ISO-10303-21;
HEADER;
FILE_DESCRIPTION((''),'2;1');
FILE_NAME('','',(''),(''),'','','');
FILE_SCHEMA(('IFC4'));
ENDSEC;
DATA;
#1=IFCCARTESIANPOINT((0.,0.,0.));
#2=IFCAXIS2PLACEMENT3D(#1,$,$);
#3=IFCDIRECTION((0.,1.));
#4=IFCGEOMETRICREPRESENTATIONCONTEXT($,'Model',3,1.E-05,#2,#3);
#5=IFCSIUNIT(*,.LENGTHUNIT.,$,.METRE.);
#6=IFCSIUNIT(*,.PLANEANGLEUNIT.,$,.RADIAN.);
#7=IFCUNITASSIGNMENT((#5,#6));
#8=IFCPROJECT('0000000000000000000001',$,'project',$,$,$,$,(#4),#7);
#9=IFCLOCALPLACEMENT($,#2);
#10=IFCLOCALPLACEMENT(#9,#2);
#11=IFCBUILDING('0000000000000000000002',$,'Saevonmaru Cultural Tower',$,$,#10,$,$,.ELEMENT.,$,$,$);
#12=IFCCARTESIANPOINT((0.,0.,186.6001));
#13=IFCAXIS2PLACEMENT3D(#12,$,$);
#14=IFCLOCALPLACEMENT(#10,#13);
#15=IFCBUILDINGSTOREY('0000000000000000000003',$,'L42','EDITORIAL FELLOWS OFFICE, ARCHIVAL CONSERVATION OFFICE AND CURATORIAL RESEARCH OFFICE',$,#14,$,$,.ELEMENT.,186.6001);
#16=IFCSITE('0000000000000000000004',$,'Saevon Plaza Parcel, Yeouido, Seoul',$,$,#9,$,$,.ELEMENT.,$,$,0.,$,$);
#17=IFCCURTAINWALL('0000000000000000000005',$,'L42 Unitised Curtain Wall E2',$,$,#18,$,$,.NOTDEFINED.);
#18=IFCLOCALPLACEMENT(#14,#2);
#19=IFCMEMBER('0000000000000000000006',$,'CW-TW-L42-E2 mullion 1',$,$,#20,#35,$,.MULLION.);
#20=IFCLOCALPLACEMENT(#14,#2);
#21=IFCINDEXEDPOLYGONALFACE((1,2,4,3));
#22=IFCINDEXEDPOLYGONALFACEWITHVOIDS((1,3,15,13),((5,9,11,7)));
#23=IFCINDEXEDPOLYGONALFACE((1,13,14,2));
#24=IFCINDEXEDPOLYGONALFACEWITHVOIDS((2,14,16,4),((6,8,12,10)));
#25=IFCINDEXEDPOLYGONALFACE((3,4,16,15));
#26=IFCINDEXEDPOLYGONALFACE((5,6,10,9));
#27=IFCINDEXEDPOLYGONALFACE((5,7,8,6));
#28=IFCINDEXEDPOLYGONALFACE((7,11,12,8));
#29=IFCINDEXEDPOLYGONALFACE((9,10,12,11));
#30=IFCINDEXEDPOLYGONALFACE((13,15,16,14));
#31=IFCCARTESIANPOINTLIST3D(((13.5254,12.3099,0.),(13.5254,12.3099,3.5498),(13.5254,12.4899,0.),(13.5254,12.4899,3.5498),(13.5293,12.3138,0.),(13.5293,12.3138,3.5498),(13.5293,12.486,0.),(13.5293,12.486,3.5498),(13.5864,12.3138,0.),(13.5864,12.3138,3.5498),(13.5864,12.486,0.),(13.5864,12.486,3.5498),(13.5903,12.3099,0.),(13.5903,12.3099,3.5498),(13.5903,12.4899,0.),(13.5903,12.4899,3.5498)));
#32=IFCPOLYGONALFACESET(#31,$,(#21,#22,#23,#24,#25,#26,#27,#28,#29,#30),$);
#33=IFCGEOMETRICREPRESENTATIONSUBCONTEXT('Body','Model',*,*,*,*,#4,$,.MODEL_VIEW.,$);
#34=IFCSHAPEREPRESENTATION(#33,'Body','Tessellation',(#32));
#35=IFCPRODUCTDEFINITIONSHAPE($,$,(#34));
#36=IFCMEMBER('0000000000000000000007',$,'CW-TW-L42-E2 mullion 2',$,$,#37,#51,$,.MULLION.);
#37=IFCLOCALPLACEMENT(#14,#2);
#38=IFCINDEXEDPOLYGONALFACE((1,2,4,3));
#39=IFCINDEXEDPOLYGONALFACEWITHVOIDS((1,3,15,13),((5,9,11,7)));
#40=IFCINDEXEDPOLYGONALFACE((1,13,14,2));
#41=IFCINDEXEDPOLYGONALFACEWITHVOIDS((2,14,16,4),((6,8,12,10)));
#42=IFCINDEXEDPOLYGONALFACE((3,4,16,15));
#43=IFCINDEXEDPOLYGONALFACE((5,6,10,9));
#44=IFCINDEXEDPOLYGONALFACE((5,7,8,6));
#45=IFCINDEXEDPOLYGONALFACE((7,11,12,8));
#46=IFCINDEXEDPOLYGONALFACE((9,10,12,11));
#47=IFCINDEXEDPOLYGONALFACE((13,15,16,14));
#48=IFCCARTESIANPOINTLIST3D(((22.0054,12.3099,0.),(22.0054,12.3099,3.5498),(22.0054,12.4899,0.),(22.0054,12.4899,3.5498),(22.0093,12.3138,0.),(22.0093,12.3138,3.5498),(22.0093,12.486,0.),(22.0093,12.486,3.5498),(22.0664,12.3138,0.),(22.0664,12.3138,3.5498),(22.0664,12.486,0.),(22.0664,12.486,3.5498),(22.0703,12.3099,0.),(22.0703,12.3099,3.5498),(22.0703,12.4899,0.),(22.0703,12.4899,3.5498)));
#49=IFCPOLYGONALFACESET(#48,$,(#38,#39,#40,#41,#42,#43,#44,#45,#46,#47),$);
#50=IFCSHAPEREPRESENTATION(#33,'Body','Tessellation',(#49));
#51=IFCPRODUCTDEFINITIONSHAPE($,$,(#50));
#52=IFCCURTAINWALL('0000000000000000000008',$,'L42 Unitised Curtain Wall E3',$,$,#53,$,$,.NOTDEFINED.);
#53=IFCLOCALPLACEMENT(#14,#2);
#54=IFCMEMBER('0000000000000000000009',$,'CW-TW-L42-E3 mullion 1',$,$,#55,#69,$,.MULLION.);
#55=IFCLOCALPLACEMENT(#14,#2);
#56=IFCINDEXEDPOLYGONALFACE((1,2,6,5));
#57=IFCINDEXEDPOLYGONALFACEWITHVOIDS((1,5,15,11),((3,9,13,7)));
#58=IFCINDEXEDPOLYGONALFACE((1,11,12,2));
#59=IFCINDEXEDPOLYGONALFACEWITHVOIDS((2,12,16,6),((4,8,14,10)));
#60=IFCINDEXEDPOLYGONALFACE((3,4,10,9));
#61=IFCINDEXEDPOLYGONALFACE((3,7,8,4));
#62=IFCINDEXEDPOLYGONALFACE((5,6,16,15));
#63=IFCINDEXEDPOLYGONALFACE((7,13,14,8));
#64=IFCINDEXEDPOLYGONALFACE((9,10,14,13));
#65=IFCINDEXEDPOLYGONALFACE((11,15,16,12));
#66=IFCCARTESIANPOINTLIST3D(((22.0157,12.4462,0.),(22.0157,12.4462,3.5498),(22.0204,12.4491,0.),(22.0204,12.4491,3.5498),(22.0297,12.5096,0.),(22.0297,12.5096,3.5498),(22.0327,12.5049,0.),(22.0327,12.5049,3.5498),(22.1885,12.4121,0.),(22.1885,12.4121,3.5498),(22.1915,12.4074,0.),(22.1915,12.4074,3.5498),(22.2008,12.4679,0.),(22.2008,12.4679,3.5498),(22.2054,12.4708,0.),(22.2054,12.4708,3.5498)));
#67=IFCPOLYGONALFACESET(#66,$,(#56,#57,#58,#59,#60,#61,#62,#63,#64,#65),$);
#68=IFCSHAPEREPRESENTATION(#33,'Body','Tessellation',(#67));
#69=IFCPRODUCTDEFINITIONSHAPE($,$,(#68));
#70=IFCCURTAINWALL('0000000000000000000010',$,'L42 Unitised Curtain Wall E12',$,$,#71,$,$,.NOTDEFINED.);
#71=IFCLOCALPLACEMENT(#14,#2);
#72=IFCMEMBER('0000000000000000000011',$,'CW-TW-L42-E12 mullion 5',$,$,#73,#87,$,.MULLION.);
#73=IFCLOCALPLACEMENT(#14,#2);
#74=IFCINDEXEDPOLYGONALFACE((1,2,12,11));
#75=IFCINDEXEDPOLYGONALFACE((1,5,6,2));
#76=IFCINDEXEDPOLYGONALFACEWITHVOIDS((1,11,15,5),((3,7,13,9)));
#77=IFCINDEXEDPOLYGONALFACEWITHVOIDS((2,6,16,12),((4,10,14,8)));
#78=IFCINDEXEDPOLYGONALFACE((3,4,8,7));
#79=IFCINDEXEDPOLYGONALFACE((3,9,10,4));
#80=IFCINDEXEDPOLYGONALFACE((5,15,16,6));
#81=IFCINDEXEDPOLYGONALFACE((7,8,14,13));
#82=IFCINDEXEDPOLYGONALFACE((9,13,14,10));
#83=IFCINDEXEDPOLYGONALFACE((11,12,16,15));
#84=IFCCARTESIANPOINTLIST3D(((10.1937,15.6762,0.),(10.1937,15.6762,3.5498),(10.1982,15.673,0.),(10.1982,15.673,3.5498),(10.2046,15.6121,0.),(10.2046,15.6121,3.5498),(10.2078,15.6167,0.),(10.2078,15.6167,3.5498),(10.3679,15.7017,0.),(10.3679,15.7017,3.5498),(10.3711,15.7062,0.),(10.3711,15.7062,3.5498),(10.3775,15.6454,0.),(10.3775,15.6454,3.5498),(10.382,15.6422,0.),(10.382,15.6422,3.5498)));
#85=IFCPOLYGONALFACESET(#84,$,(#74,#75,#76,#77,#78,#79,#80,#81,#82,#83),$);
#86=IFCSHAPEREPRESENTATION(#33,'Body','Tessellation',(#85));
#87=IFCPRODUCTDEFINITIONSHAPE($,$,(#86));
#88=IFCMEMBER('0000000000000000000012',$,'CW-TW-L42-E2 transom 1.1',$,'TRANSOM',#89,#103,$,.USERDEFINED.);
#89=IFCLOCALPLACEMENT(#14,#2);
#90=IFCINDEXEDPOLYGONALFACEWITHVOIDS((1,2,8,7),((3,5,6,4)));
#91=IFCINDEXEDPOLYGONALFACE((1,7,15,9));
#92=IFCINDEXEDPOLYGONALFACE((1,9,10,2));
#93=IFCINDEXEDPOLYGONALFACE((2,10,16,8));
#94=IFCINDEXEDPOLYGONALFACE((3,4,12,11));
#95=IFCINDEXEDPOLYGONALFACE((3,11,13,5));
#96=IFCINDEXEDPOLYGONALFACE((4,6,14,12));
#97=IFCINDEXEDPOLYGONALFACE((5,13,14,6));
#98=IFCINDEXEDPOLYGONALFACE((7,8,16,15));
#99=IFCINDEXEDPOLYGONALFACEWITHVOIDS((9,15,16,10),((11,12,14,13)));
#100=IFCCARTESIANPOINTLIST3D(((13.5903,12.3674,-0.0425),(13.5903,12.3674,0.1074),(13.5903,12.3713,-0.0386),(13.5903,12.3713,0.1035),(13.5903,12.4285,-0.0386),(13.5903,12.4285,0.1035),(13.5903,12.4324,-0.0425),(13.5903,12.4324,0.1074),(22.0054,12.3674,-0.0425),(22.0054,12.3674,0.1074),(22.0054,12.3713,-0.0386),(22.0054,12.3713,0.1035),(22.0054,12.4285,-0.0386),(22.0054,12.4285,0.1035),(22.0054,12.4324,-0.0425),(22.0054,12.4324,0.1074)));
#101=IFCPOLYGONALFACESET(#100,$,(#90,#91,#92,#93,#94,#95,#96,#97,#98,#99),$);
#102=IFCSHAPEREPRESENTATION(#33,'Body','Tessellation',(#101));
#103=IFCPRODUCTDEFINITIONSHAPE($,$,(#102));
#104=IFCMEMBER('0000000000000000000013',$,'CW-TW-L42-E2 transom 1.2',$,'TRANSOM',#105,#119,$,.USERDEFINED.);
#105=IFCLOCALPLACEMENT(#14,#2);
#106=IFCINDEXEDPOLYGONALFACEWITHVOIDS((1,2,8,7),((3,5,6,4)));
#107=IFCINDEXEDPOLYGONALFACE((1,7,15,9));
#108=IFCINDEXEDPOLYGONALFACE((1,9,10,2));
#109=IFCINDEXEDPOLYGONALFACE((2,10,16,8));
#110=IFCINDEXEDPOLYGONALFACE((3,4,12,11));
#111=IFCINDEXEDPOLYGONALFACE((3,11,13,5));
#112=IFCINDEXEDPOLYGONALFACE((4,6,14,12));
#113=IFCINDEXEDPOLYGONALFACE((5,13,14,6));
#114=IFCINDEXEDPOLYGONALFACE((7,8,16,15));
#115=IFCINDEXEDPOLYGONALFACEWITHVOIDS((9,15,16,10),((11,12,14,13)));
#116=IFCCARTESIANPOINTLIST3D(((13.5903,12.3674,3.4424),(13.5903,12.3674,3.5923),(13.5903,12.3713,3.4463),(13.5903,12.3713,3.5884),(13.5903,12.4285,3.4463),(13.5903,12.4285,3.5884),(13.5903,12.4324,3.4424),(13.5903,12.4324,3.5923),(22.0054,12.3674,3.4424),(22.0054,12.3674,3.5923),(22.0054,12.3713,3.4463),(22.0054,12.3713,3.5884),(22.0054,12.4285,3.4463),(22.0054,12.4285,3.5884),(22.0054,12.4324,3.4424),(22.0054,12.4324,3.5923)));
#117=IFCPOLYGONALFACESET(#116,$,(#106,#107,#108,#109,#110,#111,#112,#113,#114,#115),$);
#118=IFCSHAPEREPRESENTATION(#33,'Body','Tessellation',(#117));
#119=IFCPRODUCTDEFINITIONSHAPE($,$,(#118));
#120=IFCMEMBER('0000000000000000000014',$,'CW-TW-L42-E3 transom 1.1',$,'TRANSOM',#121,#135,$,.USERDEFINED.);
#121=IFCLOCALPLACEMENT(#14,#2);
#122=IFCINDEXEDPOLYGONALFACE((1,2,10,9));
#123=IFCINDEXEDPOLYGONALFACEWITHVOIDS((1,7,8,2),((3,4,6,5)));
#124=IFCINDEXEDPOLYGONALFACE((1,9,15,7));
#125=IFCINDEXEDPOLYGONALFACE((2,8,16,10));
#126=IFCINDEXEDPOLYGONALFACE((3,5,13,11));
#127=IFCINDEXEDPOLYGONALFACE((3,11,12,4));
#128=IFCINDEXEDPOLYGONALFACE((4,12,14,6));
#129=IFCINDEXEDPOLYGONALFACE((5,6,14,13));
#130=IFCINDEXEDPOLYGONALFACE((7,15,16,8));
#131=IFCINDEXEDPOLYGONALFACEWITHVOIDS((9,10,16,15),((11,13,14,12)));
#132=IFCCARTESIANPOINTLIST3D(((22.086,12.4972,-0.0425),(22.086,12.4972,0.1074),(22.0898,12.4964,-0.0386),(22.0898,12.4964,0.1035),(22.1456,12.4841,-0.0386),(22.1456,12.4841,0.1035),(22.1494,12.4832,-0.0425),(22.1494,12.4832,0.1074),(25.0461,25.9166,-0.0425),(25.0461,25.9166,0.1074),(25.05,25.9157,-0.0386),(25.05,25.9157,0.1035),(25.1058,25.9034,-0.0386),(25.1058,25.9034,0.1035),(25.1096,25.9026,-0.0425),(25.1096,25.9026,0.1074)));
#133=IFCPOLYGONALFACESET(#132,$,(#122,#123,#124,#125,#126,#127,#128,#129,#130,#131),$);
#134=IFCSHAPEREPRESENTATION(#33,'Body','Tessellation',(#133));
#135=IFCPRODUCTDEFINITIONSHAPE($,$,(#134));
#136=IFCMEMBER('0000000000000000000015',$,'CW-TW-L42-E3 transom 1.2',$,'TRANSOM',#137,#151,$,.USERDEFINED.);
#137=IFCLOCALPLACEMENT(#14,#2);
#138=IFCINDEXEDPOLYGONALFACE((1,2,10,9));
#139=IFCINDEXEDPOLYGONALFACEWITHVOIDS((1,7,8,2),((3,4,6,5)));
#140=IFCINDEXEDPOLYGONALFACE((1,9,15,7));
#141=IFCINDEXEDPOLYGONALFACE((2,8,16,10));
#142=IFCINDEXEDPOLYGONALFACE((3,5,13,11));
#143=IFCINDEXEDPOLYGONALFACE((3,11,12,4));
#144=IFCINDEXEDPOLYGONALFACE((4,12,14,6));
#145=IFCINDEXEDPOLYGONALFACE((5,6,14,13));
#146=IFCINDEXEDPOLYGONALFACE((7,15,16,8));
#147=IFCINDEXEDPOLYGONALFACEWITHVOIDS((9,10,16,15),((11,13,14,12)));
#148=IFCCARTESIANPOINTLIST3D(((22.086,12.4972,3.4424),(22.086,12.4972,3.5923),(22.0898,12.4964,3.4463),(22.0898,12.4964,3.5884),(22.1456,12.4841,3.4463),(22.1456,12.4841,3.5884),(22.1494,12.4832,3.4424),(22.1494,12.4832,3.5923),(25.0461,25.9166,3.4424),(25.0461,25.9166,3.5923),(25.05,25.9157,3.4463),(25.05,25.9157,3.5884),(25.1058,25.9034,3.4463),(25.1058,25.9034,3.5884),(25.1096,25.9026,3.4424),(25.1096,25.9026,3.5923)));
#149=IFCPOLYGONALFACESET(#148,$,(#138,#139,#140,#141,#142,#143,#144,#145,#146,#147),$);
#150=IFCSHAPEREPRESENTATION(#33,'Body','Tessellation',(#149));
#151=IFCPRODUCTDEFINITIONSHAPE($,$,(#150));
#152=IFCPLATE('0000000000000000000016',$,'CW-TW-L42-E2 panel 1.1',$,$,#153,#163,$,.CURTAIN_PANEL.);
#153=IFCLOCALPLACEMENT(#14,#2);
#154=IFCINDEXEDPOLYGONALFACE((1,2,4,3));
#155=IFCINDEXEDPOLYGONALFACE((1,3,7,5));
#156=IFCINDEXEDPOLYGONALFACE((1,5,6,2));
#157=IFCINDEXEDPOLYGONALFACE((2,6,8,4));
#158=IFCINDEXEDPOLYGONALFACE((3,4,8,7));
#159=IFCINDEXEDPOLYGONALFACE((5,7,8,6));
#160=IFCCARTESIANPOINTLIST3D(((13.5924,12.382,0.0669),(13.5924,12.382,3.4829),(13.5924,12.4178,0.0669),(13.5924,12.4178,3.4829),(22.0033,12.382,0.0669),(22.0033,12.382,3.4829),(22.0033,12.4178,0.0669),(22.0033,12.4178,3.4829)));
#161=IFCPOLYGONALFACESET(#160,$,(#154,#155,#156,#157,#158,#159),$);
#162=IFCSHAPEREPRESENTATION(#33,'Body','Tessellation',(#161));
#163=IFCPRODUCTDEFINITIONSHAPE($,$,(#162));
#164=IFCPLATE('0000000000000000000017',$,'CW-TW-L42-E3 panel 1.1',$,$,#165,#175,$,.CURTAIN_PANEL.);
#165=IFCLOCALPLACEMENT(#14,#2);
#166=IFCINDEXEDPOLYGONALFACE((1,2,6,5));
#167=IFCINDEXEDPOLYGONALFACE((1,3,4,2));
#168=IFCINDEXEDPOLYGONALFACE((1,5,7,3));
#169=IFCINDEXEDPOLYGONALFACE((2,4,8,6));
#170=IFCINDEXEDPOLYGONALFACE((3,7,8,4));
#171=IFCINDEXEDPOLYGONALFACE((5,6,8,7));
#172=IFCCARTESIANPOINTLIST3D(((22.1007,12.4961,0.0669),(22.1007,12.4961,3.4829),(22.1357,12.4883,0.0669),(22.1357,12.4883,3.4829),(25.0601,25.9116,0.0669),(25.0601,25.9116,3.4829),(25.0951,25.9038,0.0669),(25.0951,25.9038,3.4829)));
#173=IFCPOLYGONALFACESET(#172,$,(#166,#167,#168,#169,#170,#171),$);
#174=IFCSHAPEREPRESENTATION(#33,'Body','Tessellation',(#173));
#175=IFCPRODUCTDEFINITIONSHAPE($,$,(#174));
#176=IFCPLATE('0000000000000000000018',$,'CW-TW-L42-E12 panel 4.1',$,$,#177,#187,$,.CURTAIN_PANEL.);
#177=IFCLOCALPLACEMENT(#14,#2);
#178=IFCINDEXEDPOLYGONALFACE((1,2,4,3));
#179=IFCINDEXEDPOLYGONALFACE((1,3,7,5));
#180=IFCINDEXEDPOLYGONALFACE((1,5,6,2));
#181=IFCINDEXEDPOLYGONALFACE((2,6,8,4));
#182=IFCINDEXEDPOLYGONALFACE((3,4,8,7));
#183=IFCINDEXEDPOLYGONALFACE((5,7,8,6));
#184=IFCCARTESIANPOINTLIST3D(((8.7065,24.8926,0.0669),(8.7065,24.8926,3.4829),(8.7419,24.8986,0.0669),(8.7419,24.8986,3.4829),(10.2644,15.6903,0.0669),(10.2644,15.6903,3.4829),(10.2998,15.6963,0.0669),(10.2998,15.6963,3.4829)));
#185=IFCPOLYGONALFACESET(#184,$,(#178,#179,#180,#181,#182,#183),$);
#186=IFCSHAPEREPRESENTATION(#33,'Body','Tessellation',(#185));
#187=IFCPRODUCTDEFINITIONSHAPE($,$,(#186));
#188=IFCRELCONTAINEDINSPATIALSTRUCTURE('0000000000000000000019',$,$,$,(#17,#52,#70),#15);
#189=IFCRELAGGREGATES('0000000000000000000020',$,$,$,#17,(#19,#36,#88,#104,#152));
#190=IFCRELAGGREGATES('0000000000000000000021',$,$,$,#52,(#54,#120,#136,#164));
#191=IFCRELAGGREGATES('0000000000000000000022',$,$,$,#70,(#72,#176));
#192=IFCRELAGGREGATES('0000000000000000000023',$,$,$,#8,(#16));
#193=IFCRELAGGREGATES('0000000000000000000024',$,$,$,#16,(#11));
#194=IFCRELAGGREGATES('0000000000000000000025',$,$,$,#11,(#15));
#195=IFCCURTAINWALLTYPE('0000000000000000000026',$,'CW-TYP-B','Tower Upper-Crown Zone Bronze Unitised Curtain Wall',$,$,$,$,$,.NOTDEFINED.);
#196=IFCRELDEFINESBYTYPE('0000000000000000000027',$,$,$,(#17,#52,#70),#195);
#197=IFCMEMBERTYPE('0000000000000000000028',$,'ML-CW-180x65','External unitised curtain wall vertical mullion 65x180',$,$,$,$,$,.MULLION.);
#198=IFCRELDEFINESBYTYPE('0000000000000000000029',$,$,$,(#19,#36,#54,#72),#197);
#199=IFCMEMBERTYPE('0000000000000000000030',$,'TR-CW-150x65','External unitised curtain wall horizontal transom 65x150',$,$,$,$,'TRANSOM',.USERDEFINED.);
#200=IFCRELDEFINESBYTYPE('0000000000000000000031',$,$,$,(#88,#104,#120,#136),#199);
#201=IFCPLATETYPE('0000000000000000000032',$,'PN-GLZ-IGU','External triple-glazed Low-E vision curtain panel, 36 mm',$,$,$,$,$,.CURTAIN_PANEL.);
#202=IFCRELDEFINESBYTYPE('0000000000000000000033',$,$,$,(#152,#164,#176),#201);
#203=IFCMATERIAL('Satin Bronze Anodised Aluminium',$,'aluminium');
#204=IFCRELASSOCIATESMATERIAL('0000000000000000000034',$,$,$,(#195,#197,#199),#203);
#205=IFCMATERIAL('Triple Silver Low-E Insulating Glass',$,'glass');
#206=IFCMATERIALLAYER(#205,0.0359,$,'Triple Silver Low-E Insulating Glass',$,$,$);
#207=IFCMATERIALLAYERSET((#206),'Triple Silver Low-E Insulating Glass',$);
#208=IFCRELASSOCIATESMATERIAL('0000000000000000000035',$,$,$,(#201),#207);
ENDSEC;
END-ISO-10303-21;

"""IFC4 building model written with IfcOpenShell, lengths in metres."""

from ifc_helpers import new_model, si_unit, direction, frame, origin, origin_2d, place, context, subcontext, project, spatial, rectangle, hollow_rectangle, extrude, material, layer, layer_set, material_profile, profile_set, type_object, element, aggregate, save


model = new_model("IFC4")

# Units and contexts
model_context = context("Model", 3, precision=1e-05, world=origin(), true_north=direction((0.0, 1.0)))
body_context = subcontext(model_context, "Body", "Model", "MODEL_VIEW")
ifc_project = project(units=[si_unit("LENGTHUNIT", "METRE"), si_unit("PLANEANGLEUNIT", "RADIAN")], contexts=[model_context])

# Site, building, storey
site_placement = place(None, origin())
site = spatial("IfcSite", under=ifc_project, at=site_placement, Name="Saevon Plaza Parcel, Yeouido, Seoul", CompositionType="ELEMENT", RefElevation=0.0)
building_placement = place(site_placement, origin())
building = spatial("IfcBuilding", under=site, at=building_placement, Name="Saevonmaru Cultural Tower", CompositionType="ELEMENT")
storey_placement = place(building_placement, frame((0.0, 0.0, 186.6001)))
storey = spatial("IfcBuildingStorey", under=building, at=storey_placement, Name="L42", Description="EDITORIAL FELLOWS OFFICE, ARCHIVAL CONSERVATION OFFICE AND CURATORIAL RESEARCH OFFICE", CompositionType="ELEMENT", Elevation=186.6001)

# Curtain wall, members
ifc_material_1 = material(Name="Satin Bronze Anodised Aluminium", Category="aluminium")
curtain_wall_type = type_object("IfcCurtainWallType", Name="CW-TYP-B", Description="Tower Upper-Crown Zone Bronze Unitised Curtain Wall", PredefinedType="NOTDEFINED", material=ifc_material_1)
curtain_wall_1_placement = place(storey_placement, origin())
curtain_wall_1 = element("IfcCurtainWall", 1, at=curtain_wall_1_placement, inside=storey, type_object=curtain_wall_type, Name="L42 Unitised Curtain Wall E2", PredefinedType="NOTDEFINED")
ifc_material_profile_1 = material_profile(ifc_material_1, hollow_rectangle(XDim=0.0649, YDim=0.1799, WallThickness=0.0039, at=origin_2d()), Name="ALU-MULL-180x65x4")
ifc_profile_set_1 = profile_set([ifc_material_profile_1], Name="Satin Bronze Anodised Aluminium")
member_type_1 = type_object("IfcMemberType", Name="ML-CW-180x65", Description="External unitised curtain wall vertical mullion 65x180", PredefinedType="MULLION", material=ifc_profile_set_1)
member_1_placement = place(storey_placement, frame((13.5579, 12.3999, 0.0), z_axis=(0.0, 0.0, 1.0), x_axis=(1.0, 0.0, 0.0)))
member_1 = element("IfcMember", 2, at=member_1_placement, type_object=member_type_1, Name="CW-TW-L42-E2 mullion 1", PredefinedType="MULLION", context=body_context, shape_type="SweptSolid", body=[
    extrude(hollow_rectangle(XDim=0.0649, YDim=0.1799, WallThickness=0.0039, at=origin_2d()), origin(), (0.0, 0.0, 1.0), 3.5498),
])
member_2_placement = place(storey_placement, frame((22.0378, 12.3999, 0.0), z_axis=(0.0, 0.0, 1.0), x_axis=(1.0, 0.0, 0.0)))
member_2 = element("IfcMember", 3, at=member_2_placement, type_object=member_type_1, Name="CW-TW-L42-E2 mullion 2", PredefinedType="MULLION", context=body_context, shape_type="SweptSolid", body=[
    extrude(hollow_rectangle(XDim=0.0649, YDim=0.1799, WallThickness=0.0039, at=origin_2d()), origin(), (0.0, 0.0, 1.0), 3.5498),
])

# Curtain walls, members
curtain_wall_2_placement = place(storey_placement, origin())
curtain_wall_2 = element("IfcCurtainWall", 4, at=curtain_wall_2_placement, inside=storey, type_object=curtain_wall_type, Name="L42 Unitised Curtain Wall E3", PredefinedType="NOTDEFINED")
member_3_placement = place(storey_placement, frame((22.1106, 12.4585, 0.0), z_axis=(0.0, 0.0, 1.0), x_axis=(0.215413, 0.976523, 0.0)))
member_3 = element("IfcMember", 5, at=member_3_placement, type_object=member_type_1, Name="CW-TW-L42-E3 mullion 1", PredefinedType="MULLION", context=body_context, shape_type="SweptSolid", body=[
    extrude(hollow_rectangle(XDim=0.0649, YDim=0.1799, WallThickness=0.0039, at=origin_2d()), origin(), (0.0, 0.0, 1.0), 3.5498),
])
curtain_wall_3_placement = place(storey_placement, origin())
curtain_wall_3 = element("IfcCurtainWall", 6, at=curtain_wall_3_placement, inside=storey, type_object=curtain_wall_type, Name="L42 Unitised Curtain Wall E12", PredefinedType="NOTDEFINED")
member_4_placement = place(storey_placement, frame((10.2878, 15.6592, 0.0), z_axis=(0.0, 0.0, 1.0), x_axis=(0.166922, -0.98597, 0.0)))
member_4 = element("IfcMember", 7, at=member_4_placement, type_object=member_type_1, Name="CW-TW-L42-E12 mullion 5", PredefinedType="MULLION", context=body_context, shape_type="SweptSolid", body=[
    extrude(hollow_rectangle(XDim=0.0649, YDim=0.1799, WallThickness=0.0039, at=origin_2d()), origin(), (0.0, 0.0, 1.0), 3.5498),
])

# Members
ifc_material_profile_2 = material_profile(ifc_material_1, hollow_rectangle(XDim=0.0649, YDim=0.1499, WallThickness=0.0039, at=origin_2d()), Name="ALU-TRAN-150x65x4")
ifc_profile_set_2 = profile_set([ifc_material_profile_2], Name="Satin Bronze Anodised Aluminium")
member_type_2 = type_object("IfcMemberType", Name="TR-CW-150x65", Description="External unitised curtain wall horizontal transom 65x150", ElementType="TRANSOM", PredefinedType="USERDEFINED", material=ifc_profile_set_2)
member_5_placement = place(storey_placement, frame((13.5903, 12.3999, 0.0325), z_axis=(1.0, 0.0, 0.0), x_axis=(0.0, 1.0, 0.0)))
member_5 = element("IfcMember", 8, at=member_5_placement, type_object=member_type_2, Name="CW-TW-L42-E2 transom 1.1", ObjectType="TRANSOM", PredefinedType="USERDEFINED", context=body_context, shape_type="SweptSolid", body=[
    extrude(hollow_rectangle(XDim=0.0649, YDim=0.1499, WallThickness=0.0039, at=origin_2d()), origin(), (0.0, 0.0, 1.0), 8.415),
])
member_6_placement = place(storey_placement, frame((13.5903, 12.3999, 3.5173), z_axis=(1.0, 0.0, 0.0), x_axis=(0.0, 1.0, 0.0)))
member_6 = element("IfcMember", 9, at=member_6_placement, type_object=member_type_2, Name="CW-TW-L42-E2 transom 1.2", ObjectType="TRANSOM", PredefinedType="USERDEFINED", context=body_context, shape_type="SweptSolid", body=[
    extrude(hollow_rectangle(XDim=0.0649, YDim=0.1499, WallThickness=0.0039, at=origin_2d()), origin(), (0.0, 0.0, 1.0), 8.415),
])
member_7_placement = place(storey_placement, frame((22.1177, 12.4902, 0.0325), z_axis=(0.215412, 0.976523, 0.0), x_axis=(-0.976523, 0.215412, 0.0)))
member_7 = element("IfcMember", 10, at=member_7_placement, type_object=member_type_2, Name="CW-TW-L42-E3 transom 1.1", ObjectType="TRANSOM", PredefinedType="USERDEFINED", context=body_context, shape_type="SweptSolid", body=[
    extrude(hollow_rectangle(XDim=0.0649, YDim=0.1499, WallThickness=0.0039, at=origin_2d()), origin(), (0.0, 0.0, 1.0), 13.7419),
])
member_8_placement = place(storey_placement, frame((22.1177, 12.4902, 3.5173), z_axis=(0.215412, 0.976523, 0.0), x_axis=(-0.976523, 0.215412, 0.0)))
member_8 = element("IfcMember", 11, at=member_8_placement, type_object=member_type_2, Name="CW-TW-L42-E3 transom 1.2", ObjectType="TRANSOM", PredefinedType="USERDEFINED", context=body_context, shape_type="SweptSolid", body=[
    extrude(hollow_rectangle(XDim=0.0649, YDim=0.1499, WallThickness=0.0039, at=origin_2d()), origin(), (0.0, 0.0, 1.0), 13.7419),
])

# Plates
ifc_material_2 = material(Name="Triple Silver Low-E Insulating Glass", Category="glass")
ifc_layer_1 = layer(ifc_material_2, 0.0359, Name="Triple Silver Low-E Insulating Glass")
ifc_layer_set_1 = layer_set([ifc_layer_1], Name="Triple Silver Low-E Insulating Glass")
plate_type = type_object("IfcPlateType", Name="PN-GLZ-IGU", Description="External triple-glazed Low-E vision curtain panel, 36 mm", PredefinedType="CURTAIN_PANEL", material=ifc_layer_set_1)
plate_1_placement = place(storey_placement, frame((17.7979, 12.3999, 0.0669), z_axis=(0.0, 0.0, 1.0), x_axis=(1.0, 0.0, 0.0)))
plate_1 = element("IfcPlate", 12, at=plate_1_placement, type_object=plate_type, Name="CW-TW-L42-E2 panel 1.1", PredefinedType="CURTAIN_PANEL", context=body_context, shape_type="SweptSolid", body=[
    extrude(rectangle(XDim=8.4109, YDim=0.0359, at=origin_2d()), origin(), (0.0, 0.0, 1.0), 3.416),
])
aggregate(curtain_wall_1, [member_1, member_2, member_5, member_6, plate_1])
plate_2_placement = place(storey_placement, frame((23.5979, 19.2, 0.0669), z_axis=(0.0, 0.0, 1.0), x_axis=(0.215413, 0.976523, 0.0)))
plate_2 = element("IfcPlate", 13, at=plate_2_placement, type_object=plate_type, Name="CW-TW-L42-E3 panel 1.1", PredefinedType="CURTAIN_PANEL", context=body_context, shape_type="SweptSolid", body=[
    extrude(rectangle(XDim=13.738, YDim=0.0359, at=origin_2d()), origin(), (0.0, 0.0, 1.0), 3.416),
])
aggregate(curtain_wall_2, [member_3, member_7, member_8, plate_2])
plate_3_placement = place(storey_placement, frame((9.5032, 20.2944, 0.0669), z_axis=(0.0, 0.0, 1.0), x_axis=(0.166922, -0.98597, 0.0)))
plate_3 = element("IfcPlate", 14, at=plate_3_placement, type_object=plate_type, Name="CW-TW-L42-E12 panel 4.1", PredefinedType="CURTAIN_PANEL", context=body_context, shape_type="SweptSolid", body=[
    extrude(rectangle(XDim=9.3333, YDim=0.0359, at=origin_2d()), origin(), (0.0, 0.0, 1.0), 3.416),
])
aggregate(curtain_wall_3, [member_4, plate_3])

save(model, "model.ifc")
